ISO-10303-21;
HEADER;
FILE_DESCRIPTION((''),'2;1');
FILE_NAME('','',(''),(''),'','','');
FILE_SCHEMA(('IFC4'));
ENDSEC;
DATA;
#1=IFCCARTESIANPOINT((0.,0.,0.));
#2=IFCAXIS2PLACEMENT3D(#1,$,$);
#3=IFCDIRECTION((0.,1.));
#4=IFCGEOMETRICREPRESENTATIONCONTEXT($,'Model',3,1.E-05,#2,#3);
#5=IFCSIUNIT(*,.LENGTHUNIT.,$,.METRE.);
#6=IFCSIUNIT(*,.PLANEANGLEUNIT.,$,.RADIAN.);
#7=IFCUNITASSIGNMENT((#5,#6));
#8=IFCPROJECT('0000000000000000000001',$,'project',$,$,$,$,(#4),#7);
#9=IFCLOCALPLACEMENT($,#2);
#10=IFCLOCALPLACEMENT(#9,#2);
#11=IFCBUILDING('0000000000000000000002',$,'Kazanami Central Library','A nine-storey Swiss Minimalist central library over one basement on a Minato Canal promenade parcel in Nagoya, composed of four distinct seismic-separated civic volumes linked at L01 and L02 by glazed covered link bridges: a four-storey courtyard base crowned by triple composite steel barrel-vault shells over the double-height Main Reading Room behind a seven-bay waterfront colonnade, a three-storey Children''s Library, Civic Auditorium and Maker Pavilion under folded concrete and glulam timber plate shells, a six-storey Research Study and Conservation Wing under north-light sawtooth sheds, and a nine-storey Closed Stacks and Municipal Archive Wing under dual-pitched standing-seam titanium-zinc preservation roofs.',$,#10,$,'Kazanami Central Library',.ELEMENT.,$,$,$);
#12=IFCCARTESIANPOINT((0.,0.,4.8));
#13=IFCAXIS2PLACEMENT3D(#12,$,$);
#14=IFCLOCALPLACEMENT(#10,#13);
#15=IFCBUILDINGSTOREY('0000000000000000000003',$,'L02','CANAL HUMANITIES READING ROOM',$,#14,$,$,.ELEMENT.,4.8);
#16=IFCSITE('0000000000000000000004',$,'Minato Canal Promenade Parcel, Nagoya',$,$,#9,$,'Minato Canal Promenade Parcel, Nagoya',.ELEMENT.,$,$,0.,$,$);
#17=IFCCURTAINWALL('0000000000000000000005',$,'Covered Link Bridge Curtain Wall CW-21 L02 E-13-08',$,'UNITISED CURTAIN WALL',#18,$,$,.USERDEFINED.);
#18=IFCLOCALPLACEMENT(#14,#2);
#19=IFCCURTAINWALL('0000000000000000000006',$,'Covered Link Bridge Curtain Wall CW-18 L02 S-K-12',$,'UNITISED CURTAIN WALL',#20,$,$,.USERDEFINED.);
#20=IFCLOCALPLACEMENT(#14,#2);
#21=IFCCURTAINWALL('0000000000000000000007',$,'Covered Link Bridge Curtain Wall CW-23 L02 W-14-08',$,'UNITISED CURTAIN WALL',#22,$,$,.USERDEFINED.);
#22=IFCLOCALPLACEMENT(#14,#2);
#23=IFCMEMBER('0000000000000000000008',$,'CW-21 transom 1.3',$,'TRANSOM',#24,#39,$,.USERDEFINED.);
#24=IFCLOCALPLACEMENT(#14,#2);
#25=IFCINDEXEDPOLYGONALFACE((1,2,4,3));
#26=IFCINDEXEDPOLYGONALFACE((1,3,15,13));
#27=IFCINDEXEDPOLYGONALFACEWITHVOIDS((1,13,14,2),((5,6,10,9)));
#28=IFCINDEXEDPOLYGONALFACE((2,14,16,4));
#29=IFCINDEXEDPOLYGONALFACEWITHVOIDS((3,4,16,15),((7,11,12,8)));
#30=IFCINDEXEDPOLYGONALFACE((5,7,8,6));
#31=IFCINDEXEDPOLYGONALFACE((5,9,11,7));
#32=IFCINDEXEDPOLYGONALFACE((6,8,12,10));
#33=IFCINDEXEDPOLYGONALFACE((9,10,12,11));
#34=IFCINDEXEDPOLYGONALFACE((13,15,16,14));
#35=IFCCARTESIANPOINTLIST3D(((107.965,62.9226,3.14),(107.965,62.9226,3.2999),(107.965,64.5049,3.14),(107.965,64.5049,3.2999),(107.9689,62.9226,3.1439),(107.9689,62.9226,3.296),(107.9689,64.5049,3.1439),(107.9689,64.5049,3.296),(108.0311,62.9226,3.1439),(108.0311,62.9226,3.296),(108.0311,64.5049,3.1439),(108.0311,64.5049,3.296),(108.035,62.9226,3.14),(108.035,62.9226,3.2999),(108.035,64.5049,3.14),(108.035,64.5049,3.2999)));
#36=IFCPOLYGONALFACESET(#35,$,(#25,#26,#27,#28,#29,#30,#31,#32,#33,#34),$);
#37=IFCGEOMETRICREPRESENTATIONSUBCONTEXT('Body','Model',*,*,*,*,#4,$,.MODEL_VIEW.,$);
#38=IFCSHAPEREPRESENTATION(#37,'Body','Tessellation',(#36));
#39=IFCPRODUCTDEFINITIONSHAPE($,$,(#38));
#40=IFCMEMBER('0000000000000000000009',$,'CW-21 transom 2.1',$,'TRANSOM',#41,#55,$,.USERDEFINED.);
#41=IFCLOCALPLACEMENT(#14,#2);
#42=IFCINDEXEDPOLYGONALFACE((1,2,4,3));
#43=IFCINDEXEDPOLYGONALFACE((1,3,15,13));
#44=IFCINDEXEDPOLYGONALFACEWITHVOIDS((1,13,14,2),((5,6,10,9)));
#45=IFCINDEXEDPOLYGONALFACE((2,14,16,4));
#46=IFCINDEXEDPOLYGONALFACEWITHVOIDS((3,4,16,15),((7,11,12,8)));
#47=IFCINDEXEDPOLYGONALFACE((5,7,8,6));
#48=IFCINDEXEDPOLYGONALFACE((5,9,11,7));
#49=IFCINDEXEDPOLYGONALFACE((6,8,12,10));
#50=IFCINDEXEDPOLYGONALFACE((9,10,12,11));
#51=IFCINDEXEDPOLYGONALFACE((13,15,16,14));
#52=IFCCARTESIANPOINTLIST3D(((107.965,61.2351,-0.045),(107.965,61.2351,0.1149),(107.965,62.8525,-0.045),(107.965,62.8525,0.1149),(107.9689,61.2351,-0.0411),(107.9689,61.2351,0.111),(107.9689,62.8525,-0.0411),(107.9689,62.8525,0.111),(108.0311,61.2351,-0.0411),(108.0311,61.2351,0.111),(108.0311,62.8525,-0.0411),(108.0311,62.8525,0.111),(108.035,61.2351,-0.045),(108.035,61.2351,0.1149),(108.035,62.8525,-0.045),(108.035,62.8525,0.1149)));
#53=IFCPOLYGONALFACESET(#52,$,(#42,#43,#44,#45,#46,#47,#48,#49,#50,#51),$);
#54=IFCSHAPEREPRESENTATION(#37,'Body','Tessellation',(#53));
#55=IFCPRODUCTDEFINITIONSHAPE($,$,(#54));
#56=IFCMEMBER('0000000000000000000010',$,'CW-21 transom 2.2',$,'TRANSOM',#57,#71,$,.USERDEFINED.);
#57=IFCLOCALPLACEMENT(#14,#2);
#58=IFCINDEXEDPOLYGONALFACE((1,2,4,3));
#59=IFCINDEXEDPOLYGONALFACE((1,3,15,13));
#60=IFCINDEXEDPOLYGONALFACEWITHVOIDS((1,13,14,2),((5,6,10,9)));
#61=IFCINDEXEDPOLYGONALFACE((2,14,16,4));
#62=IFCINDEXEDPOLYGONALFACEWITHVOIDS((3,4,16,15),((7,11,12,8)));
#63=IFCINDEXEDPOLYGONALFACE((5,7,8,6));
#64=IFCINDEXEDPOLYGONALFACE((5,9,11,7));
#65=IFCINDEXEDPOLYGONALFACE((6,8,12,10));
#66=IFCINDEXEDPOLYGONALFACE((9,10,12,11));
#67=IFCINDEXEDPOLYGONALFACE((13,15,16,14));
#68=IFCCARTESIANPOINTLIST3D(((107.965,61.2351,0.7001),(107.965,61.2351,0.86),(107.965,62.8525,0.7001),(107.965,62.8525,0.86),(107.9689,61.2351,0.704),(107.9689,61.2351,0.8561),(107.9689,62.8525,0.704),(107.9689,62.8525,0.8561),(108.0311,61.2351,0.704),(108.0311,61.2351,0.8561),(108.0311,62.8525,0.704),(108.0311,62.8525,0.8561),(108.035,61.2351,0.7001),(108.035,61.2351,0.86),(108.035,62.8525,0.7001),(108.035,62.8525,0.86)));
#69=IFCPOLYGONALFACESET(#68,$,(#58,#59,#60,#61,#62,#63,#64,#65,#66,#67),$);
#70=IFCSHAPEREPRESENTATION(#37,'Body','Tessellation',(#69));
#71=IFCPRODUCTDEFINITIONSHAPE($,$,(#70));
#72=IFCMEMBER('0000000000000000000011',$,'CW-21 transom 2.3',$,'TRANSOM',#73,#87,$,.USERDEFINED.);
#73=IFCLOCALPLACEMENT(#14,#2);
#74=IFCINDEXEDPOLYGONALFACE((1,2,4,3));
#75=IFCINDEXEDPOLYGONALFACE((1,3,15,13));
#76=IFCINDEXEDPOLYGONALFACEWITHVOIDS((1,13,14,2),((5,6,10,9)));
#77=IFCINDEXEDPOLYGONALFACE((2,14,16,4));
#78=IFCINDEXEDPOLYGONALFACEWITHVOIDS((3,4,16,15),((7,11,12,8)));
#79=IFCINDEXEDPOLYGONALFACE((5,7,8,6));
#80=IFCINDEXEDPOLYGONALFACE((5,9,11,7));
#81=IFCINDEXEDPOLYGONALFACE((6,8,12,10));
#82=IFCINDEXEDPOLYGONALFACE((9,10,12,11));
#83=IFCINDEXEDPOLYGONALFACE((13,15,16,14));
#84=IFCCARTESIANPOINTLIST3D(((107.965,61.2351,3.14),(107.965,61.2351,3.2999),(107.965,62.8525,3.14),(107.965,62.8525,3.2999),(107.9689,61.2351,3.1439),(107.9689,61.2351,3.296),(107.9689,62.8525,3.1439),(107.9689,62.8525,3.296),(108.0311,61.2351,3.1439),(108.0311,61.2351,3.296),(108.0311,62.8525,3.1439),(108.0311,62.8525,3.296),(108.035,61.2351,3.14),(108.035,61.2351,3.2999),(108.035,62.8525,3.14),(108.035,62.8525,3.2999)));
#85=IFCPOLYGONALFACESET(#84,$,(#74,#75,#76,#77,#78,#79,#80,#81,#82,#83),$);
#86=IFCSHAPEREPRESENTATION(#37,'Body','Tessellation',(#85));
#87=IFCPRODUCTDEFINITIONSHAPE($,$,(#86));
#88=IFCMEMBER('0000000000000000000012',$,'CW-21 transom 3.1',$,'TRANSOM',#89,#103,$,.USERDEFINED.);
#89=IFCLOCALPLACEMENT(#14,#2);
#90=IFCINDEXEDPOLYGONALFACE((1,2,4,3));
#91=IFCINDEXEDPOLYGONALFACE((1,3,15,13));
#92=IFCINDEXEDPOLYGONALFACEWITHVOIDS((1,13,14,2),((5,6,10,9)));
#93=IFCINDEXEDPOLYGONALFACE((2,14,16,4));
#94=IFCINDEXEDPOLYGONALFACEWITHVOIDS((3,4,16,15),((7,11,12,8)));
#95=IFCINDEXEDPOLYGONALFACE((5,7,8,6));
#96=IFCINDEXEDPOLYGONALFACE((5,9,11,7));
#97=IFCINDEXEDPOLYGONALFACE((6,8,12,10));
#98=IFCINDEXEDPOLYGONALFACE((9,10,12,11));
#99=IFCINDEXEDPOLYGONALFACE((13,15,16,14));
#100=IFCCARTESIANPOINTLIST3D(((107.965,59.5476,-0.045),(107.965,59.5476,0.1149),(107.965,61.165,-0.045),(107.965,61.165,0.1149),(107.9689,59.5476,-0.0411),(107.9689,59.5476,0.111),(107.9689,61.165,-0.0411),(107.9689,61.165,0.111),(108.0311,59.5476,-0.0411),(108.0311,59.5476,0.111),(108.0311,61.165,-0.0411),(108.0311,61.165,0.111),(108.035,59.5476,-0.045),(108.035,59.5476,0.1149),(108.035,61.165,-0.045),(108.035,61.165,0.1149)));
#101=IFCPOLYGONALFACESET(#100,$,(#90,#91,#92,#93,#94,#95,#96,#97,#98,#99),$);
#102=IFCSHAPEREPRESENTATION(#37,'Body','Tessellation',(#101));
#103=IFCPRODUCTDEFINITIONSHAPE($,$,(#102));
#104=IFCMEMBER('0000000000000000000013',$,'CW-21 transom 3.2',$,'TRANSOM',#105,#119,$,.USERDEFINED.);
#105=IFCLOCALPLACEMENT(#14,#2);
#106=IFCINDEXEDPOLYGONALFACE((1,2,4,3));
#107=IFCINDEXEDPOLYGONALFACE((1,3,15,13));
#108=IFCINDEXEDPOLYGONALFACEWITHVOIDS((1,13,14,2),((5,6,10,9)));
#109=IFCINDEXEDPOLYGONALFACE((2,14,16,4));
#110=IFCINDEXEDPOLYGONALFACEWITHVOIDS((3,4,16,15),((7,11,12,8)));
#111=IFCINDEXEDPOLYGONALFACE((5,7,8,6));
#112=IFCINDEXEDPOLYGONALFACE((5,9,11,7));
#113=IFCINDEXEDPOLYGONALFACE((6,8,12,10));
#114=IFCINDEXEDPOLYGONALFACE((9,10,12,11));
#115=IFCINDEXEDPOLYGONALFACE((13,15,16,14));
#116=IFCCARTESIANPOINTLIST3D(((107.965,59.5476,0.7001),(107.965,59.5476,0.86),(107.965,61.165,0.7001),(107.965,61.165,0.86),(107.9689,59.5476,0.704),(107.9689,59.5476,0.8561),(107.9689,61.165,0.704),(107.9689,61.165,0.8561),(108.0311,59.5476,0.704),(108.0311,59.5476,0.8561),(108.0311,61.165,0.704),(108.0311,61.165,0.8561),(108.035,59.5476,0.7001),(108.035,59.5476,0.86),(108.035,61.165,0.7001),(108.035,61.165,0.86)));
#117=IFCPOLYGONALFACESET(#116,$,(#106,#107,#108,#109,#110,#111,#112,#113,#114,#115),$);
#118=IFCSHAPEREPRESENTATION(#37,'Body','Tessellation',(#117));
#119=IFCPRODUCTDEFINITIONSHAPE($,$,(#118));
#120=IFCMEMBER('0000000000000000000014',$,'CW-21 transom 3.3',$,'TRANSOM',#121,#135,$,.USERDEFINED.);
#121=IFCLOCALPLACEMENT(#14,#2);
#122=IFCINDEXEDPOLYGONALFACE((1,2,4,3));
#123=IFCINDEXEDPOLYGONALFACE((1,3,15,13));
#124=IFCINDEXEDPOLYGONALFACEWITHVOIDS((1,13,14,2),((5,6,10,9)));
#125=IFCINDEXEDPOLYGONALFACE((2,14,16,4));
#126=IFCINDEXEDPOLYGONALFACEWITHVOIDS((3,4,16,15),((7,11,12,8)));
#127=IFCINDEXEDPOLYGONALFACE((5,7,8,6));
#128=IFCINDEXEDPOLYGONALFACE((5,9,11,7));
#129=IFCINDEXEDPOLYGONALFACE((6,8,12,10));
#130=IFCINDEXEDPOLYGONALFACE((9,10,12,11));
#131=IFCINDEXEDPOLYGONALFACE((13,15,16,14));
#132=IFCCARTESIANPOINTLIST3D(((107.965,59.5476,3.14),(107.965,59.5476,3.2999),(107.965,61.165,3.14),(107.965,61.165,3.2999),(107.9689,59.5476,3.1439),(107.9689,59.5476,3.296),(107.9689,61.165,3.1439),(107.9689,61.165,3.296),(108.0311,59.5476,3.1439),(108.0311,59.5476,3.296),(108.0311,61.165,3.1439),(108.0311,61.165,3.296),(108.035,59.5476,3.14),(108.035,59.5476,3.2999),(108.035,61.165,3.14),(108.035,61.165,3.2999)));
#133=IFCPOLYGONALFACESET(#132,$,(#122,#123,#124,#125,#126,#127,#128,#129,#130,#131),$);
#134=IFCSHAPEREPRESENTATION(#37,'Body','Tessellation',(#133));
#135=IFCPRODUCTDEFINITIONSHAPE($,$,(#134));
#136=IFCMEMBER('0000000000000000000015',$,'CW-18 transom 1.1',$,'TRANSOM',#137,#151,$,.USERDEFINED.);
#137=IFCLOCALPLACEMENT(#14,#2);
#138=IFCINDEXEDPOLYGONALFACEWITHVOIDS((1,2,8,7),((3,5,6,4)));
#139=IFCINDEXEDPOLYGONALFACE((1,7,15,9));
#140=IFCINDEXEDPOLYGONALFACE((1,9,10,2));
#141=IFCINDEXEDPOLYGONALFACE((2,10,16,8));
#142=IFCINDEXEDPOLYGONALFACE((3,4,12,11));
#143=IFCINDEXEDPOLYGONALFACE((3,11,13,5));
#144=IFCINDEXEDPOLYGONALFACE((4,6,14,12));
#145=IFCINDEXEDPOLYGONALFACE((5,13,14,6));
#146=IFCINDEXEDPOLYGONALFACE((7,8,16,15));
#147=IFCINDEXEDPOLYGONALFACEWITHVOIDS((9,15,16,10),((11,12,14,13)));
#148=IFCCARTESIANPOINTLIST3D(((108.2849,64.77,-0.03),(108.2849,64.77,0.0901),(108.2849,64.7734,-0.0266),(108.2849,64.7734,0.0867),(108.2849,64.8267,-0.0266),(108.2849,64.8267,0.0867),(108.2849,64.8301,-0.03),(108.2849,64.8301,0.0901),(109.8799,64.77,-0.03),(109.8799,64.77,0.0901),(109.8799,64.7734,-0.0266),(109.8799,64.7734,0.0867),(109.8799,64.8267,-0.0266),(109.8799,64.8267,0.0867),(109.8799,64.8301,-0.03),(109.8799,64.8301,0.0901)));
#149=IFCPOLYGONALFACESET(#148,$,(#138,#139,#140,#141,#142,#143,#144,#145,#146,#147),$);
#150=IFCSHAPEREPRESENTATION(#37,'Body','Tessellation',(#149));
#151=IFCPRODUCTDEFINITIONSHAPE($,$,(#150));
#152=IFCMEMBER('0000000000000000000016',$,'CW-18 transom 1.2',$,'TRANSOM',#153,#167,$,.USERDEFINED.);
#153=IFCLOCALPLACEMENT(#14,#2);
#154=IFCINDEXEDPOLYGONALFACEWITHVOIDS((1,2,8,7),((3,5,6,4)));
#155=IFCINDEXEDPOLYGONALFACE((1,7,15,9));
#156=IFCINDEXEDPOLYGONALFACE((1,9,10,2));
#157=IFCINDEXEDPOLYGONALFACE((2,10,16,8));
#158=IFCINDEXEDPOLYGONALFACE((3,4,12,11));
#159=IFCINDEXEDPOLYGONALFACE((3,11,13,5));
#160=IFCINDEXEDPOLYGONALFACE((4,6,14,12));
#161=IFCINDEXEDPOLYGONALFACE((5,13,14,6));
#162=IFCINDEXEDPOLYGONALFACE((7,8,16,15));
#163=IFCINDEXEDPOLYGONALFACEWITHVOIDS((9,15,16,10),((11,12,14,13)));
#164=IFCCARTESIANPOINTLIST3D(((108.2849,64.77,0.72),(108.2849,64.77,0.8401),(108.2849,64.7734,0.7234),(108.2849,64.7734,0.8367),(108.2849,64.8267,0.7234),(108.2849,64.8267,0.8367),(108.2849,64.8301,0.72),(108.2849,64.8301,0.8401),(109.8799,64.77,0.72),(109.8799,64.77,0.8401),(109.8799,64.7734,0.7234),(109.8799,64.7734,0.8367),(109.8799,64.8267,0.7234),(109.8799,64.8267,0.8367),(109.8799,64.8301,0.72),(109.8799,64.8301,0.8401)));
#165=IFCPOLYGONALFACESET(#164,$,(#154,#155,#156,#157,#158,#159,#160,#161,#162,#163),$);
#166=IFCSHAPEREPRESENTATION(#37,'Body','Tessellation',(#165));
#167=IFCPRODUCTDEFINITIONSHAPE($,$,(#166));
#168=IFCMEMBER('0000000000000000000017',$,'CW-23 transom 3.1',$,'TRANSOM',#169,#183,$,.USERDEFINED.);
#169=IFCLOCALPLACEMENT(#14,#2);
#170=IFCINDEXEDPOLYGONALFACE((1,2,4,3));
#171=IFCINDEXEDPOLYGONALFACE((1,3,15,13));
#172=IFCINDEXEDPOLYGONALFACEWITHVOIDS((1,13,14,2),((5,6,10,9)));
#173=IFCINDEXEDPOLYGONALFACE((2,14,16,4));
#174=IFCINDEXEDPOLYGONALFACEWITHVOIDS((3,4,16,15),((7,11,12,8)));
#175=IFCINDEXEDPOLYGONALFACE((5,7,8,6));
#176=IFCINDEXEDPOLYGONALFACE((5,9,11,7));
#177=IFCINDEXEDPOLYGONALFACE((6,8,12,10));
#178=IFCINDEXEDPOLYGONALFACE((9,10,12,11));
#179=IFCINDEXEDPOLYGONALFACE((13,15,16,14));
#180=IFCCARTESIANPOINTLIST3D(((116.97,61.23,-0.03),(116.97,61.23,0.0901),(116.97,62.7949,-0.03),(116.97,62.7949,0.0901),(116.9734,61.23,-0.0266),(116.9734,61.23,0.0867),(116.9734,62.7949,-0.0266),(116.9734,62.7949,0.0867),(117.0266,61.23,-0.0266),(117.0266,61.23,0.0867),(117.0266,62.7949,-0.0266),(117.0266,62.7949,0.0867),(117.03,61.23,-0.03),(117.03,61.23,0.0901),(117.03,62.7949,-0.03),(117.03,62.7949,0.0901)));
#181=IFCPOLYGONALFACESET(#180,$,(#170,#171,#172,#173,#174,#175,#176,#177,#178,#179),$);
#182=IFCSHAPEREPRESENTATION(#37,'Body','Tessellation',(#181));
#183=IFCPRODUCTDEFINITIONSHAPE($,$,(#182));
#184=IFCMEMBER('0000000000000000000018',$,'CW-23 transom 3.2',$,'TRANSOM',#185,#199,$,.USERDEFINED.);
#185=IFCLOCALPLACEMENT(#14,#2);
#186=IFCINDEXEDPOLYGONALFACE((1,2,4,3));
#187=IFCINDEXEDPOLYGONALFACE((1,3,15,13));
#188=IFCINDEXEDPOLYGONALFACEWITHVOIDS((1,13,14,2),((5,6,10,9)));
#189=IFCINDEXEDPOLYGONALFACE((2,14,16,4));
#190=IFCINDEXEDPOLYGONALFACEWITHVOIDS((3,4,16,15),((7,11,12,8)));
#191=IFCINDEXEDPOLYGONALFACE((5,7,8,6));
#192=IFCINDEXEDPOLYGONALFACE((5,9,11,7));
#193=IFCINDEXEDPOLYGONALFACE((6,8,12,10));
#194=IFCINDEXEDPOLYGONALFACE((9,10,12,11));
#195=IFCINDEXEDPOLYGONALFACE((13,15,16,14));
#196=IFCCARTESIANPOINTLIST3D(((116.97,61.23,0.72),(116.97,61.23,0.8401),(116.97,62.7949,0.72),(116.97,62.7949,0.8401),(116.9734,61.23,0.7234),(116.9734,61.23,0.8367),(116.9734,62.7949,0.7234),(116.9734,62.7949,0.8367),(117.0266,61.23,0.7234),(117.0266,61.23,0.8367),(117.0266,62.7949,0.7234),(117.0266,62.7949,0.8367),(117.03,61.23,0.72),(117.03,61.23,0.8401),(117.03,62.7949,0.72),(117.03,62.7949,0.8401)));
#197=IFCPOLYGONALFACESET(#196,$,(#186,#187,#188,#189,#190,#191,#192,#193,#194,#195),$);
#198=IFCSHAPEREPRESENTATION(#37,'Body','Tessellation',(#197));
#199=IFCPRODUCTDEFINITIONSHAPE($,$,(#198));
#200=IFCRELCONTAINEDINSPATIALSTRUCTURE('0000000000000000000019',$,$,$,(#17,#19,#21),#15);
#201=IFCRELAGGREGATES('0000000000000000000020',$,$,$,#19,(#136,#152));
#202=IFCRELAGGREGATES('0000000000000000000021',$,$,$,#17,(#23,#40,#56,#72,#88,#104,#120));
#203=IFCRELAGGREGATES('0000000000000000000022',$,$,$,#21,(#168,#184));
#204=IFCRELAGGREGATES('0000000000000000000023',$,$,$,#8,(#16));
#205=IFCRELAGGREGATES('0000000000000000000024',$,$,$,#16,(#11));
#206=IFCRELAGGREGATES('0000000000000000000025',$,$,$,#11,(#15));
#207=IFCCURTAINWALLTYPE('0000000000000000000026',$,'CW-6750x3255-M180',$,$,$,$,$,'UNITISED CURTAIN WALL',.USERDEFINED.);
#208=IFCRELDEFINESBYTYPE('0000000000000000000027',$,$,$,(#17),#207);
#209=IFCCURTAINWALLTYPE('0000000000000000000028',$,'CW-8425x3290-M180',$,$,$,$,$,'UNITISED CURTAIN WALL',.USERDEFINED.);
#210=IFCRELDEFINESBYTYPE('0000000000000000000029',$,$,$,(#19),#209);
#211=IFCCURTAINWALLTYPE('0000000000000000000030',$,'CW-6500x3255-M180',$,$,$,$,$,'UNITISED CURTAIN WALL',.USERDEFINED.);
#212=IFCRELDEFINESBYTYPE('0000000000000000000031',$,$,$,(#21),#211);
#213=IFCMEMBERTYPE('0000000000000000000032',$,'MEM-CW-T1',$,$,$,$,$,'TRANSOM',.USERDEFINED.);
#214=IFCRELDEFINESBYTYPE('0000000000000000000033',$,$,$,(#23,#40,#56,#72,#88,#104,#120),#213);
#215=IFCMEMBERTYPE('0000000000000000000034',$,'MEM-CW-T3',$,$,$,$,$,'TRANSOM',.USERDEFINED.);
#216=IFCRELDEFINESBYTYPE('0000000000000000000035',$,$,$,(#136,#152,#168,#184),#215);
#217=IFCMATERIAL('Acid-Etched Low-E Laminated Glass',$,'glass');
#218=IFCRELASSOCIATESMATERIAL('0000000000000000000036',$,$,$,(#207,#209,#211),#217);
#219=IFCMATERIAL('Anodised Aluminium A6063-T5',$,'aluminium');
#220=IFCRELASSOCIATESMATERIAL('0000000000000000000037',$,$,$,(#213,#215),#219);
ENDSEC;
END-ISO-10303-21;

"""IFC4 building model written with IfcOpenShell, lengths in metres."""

from ifc_helpers import new_model, si_unit, direction, frame, origin, origin_2d, place, context, subcontext, project, spatial, hollow_rectangle, extrude, material, material_profile, profile_set, type_object, element, aggregate, save


model = new_model("IFC4")

# Units and contexts
model_context = context("Model", 3, precision=1e-05, world=origin(), true_north=direction((0.0, 1.0)))
body_context = subcontext(model_context, "Body", "Model", "MODEL_VIEW")
ifc_project = project(units=[si_unit("LENGTHUNIT", "METRE"), si_unit("PLANEANGLEUNIT", "RADIAN")], contexts=[model_context])

# Site, building, storey
site_placement = place(None, origin())
site = spatial("IfcSite", under=ifc_project, at=site_placement, Name="Minato Canal Promenade Parcel, Nagoya", LongName="Minato Canal Promenade Parcel, Nagoya", CompositionType="ELEMENT", RefElevation=0.0)
building_placement = place(site_placement, origin())
building = spatial("IfcBuilding", under=site, at=building_placement, Name="Kazanami Central Library", Description="A nine-storey Swiss Minimalist central library over one basement on a Minato Canal promenade parcel in Nagoya, composed of four distinct seismic-separated civic volumes linked at L01 and L02 by glazed covered link bridges: a four-storey courtyard base crowned by triple composite steel barrel-vault shells over the double-height Main Reading Room behind a seven-bay waterfront colonnade, a three-storey Children's Library, Civic Auditorium and Maker Pavilion under folded concrete and glulam timber plate shells, a six-storey Research Study and Conservation Wing under north-light sawtooth sheds, and a nine-storey Closed Stacks and Municipal Archive Wing under dual-pitched standing-seam titanium-zinc preservation roofs.", LongName="Kazanami Central Library", CompositionType="ELEMENT")
storey_placement = place(building_placement, frame((0.0, 0.0, 4.8)))
storey = spatial("IfcBuildingStorey", under=building, at=storey_placement, Name="L02", Description="CANAL HUMANITIES READING ROOM", CompositionType="ELEMENT", Elevation=4.8)

# Curtain wall
ifc_material_1 = material(Name="Acid-Etched Low-E Laminated Glass", Category="glass")
curtain_wall_type_1 = type_object("IfcCurtainWallType", Name="CW-6750x3255-M180", ElementType="UNITISED CURTAIN WALL", PredefinedType="USERDEFINED", material=ifc_material_1)
curtain_wall_1_placement = place(storey_placement, origin())
curtain_wall_1 = element("IfcCurtainWall", 1, at=curtain_wall_1_placement, inside=storey, type_object=curtain_wall_type_1, Name="Covered Link Bridge Curtain Wall CW-21 L02 E-13-08", ObjectType="UNITISED CURTAIN WALL", PredefinedType="USERDEFINED")
ifc_material_2 = material(Name="Anodised Aluminium A6063-T5", Category="aluminium")

# Curtain wall
curtain_wall_type_2 = type_object("IfcCurtainWallType", Name="CW-8425x3290-M180", ElementType="UNITISED CURTAIN WALL", PredefinedType="USERDEFINED", material=ifc_material_1)
curtain_wall_2_placement = place(storey_placement, origin())
curtain_wall_2 = element("IfcCurtainWall", 2, at=curtain_wall_2_placement, inside=storey, type_object=curtain_wall_type_2, Name="Covered Link Bridge Curtain Wall CW-18 L02 S-K-12", ObjectType="UNITISED CURTAIN WALL", PredefinedType="USERDEFINED")

# Curtain wall
curtain_wall_type_3 = type_object("IfcCurtainWallType", Name="CW-6500x3255-M180", ElementType="UNITISED CURTAIN WALL", PredefinedType="USERDEFINED", material=ifc_material_1)
curtain_wall_3_placement = place(storey_placement, origin())
curtain_wall_3 = element("IfcCurtainWall", 3, at=curtain_wall_3_placement, inside=storey, type_object=curtain_wall_type_3, Name="Covered Link Bridge Curtain Wall CW-23 L02 W-14-08", ObjectType="UNITISED CURTAIN WALL", PredefinedType="USERDEFINED")

# Members
ifc_material_profile_1 = material_profile(ifc_material_2, hollow_rectangle(XDim=0.0701, YDim=0.1599, WallThickness=0.0039, at=origin_2d()), Name="ALU-TRAN-70x160x4")
ifc_profile_set_1 = profile_set([ifc_material_profile_1], Name="Anodised Aluminium A6063-T5")
member_type_1 = type_object("IfcMemberType", Name="MEM-CW-T1", ElementType="TRANSOM", PredefinedType="USERDEFINED", material=ifc_profile_set_1)
member_1_placement = place(storey_placement, frame((108.0, 64.5049, 3.22), z_axis=(0.0, -1.0, 0.0), x_axis=(1.0, 0.0, 0.0)))
member_1 = element("IfcMember", 4, at=member_1_placement, type_object=member_type_1, Name="CW-21 transom 1.3", ObjectType="TRANSOM", PredefinedType="USERDEFINED", context=body_context, shape_type="SweptSolid", body=[
    extrude(hollow_rectangle(XDim=0.0701, YDim=0.1599, WallThickness=0.0039, at=origin_2d()), origin(), (0.0, 0.0, 1.0), 1.5823),
])
member_2_placement = place(storey_placement, frame((108.0, 62.8525, 0.0349), z_axis=(0.0, -1.0, 0.0), x_axis=(1.0, 0.0, 0.0)))
member_2 = element("IfcMember", 5, at=member_2_placement, type_object=member_type_1, Name="CW-21 transom 2.1", ObjectType="TRANSOM", PredefinedType="USERDEFINED", context=body_context, shape_type="SweptSolid", body=[
    extrude(hollow_rectangle(XDim=0.0701, YDim=0.1599, WallThickness=0.0039, at=origin_2d()), origin(), (0.0, 0.0, 1.0), 1.6174),
])
member_3_placement = place(storey_placement, frame((108.0, 62.8525, 0.78), z_axis=(0.0, -1.0, 0.0), x_axis=(1.0, 0.0, 0.0)))
member_3 = element("IfcMember", 6, at=member_3_placement, type_object=member_type_1, Name="CW-21 transom 2.2", ObjectType="TRANSOM", PredefinedType="USERDEFINED", context=body_context, shape_type="SweptSolid", body=[
    extrude(hollow_rectangle(XDim=0.0701, YDim=0.1599, WallThickness=0.0039, at=origin_2d()), origin(), (0.0, 0.0, 1.0), 1.6174),
])
member_4_placement = place(storey_placement, frame((108.0, 62.8525, 3.22), z_axis=(0.0, -1.0, 0.0), x_axis=(1.0, 0.0, 0.0)))
member_4 = element("IfcMember", 7, at=member_4_placement, type_object=member_type_1, Name="CW-21 transom 2.3", ObjectType="TRANSOM", PredefinedType="USERDEFINED", context=body_context, shape_type="SweptSolid", body=[
    extrude(hollow_rectangle(XDim=0.0701, YDim=0.1599, WallThickness=0.0039, at=origin_2d()), origin(), (0.0, 0.0, 1.0), 1.6174),
])
member_5_placement = place(storey_placement, frame((108.0, 61.165, 0.0349), z_axis=(0.0, -1.0, 0.0), x_axis=(1.0, 0.0, 0.0)))
member_5 = element("IfcMember", 8, at=member_5_placement, type_object=member_type_1, Name="CW-21 transom 3.1", ObjectType="TRANSOM", PredefinedType="USERDEFINED", context=body_context, shape_type="SweptSolid", body=[
    extrude(hollow_rectangle(XDim=0.0701, YDim=0.1599, WallThickness=0.0039, at=origin_2d()), origin(), (0.0, 0.0, 1.0), 1.6174),
])
member_6_placement = place(storey_placement, frame((108.0, 61.165, 0.78), z_axis=(0.0, -1.0, 0.0), x_axis=(1.0, 0.0, 0.0)))
member_6 = element("IfcMember", 9, at=member_6_placement, type_object=member_type_1, Name="CW-21 transom 3.2", ObjectType="TRANSOM", PredefinedType="USERDEFINED", context=body_context, shape_type="SweptSolid", body=[
    extrude(hollow_rectangle(XDim=0.0701, YDim=0.1599, WallThickness=0.0039, at=origin_2d()), origin(), (0.0, 0.0, 1.0), 1.6174),
])
member_7_placement = place(storey_placement, frame((108.0, 61.165, 3.22), z_axis=(0.0, -1.0, 0.0), x_axis=(1.0, 0.0, 0.0)))
member_7 = element("IfcMember", 10, at=member_7_placement, type_object=member_type_1, Name="CW-21 transom 3.3", ObjectType="TRANSOM", PredefinedType="USERDEFINED", context=body_context, shape_type="SweptSolid", body=[
    extrude(hollow_rectangle(XDim=0.0701, YDim=0.1599, WallThickness=0.0039, at=origin_2d()), origin(), (0.0, 0.0, 1.0), 1.6174),
])
ifc_material_profile_2 = material_profile(ifc_material_2, hollow_rectangle(XDim=0.0601, YDim=0.1201, WallThickness=0.0034, at=origin_2d()), Name="ALU-TRAN-60x120x3.5")
ifc_profile_set_2 = profile_set([ifc_material_profile_2], Name="Anodised Aluminium A6063-T5")
member_type_2 = type_object("IfcMemberType", Name="MEM-CW-T3", ElementType="TRANSOM", PredefinedType="USERDEFINED", material=ifc_profile_set_2)
member_8_placement = place(storey_placement, frame((108.2849, 64.8, 0.03), z_axis=(1.0, 0.0, 0.0), x_axis=(0.0, 1.0, 0.0)))
member_8 = element("IfcMember", 11, at=member_8_placement, type_object=member_type_2, Name="CW-18 transom 1.1", ObjectType="TRANSOM", PredefinedType="USERDEFINED", context=body_context, shape_type="SweptSolid", body=[
    extrude(hollow_rectangle(XDim=0.0601, YDim=0.1201, WallThickness=0.0034, at=origin_2d()), origin(), (0.0, 0.0, 1.0), 1.595),
])
member_9_placement = place(storey_placement, frame((108.2849, 64.8, 0.78), z_axis=(1.0, 0.0, 0.0), x_axis=(0.0, 1.0, 0.0)))
member_9 = element("IfcMember", 12, at=member_9_placement, type_object=member_type_2, Name="CW-18 transom 1.2", ObjectType="TRANSOM", PredefinedType="USERDEFINED", context=body_context, shape_type="SweptSolid", body=[
    extrude(hollow_rectangle(XDim=0.0601, YDim=0.1201, WallThickness=0.0034, at=origin_2d()), origin(), (0.0, 0.0, 1.0), 1.595),
])
aggregate(curtain_wall_2, [member_8, member_9])
member_10_placement = place(storey_placement, frame((117.0, 61.23, 0.03), z_axis=(0.0, 1.0, 0.0), x_axis=(-1.0, 0.0, 0.0)))
member_10 = element("IfcMember", 13, at=member_10_placement, type_object=member_type_2, Name="CW-23 transom 3.1", ObjectType="TRANSOM", PredefinedType="USERDEFINED", context=body_context, shape_type="SweptSolid", body=[
    extrude(hollow_rectangle(XDim=0.0601, YDim=0.1201, WallThickness=0.0034, at=origin_2d()), origin(), (0.0, 0.0, 1.0), 1.5649),
])
member_11_placement = place(storey_placement, frame((117.0, 61.23, 0.78), z_axis=(0.0, 1.0, 0.0), x_axis=(-1.0, 0.0, 0.0)))
member_11 = element("IfcMember", 14, at=member_11_placement, type_object=member_type_2, Name="CW-23 transom 3.2", ObjectType="TRANSOM", PredefinedType="USERDEFINED", context=body_context, shape_type="SweptSolid", body=[
    extrude(hollow_rectangle(XDim=0.0601, YDim=0.1201, WallThickness=0.0034, at=origin_2d()), origin(), (0.0, 0.0, 1.0), 1.5649),
])

aggregate(curtain_wall_1, [member_1, member_2, member_3, member_4, member_5, member_6, member_7])
aggregate(curtain_wall_3, [member_10, member_11])

save(model, "model.ifc")
